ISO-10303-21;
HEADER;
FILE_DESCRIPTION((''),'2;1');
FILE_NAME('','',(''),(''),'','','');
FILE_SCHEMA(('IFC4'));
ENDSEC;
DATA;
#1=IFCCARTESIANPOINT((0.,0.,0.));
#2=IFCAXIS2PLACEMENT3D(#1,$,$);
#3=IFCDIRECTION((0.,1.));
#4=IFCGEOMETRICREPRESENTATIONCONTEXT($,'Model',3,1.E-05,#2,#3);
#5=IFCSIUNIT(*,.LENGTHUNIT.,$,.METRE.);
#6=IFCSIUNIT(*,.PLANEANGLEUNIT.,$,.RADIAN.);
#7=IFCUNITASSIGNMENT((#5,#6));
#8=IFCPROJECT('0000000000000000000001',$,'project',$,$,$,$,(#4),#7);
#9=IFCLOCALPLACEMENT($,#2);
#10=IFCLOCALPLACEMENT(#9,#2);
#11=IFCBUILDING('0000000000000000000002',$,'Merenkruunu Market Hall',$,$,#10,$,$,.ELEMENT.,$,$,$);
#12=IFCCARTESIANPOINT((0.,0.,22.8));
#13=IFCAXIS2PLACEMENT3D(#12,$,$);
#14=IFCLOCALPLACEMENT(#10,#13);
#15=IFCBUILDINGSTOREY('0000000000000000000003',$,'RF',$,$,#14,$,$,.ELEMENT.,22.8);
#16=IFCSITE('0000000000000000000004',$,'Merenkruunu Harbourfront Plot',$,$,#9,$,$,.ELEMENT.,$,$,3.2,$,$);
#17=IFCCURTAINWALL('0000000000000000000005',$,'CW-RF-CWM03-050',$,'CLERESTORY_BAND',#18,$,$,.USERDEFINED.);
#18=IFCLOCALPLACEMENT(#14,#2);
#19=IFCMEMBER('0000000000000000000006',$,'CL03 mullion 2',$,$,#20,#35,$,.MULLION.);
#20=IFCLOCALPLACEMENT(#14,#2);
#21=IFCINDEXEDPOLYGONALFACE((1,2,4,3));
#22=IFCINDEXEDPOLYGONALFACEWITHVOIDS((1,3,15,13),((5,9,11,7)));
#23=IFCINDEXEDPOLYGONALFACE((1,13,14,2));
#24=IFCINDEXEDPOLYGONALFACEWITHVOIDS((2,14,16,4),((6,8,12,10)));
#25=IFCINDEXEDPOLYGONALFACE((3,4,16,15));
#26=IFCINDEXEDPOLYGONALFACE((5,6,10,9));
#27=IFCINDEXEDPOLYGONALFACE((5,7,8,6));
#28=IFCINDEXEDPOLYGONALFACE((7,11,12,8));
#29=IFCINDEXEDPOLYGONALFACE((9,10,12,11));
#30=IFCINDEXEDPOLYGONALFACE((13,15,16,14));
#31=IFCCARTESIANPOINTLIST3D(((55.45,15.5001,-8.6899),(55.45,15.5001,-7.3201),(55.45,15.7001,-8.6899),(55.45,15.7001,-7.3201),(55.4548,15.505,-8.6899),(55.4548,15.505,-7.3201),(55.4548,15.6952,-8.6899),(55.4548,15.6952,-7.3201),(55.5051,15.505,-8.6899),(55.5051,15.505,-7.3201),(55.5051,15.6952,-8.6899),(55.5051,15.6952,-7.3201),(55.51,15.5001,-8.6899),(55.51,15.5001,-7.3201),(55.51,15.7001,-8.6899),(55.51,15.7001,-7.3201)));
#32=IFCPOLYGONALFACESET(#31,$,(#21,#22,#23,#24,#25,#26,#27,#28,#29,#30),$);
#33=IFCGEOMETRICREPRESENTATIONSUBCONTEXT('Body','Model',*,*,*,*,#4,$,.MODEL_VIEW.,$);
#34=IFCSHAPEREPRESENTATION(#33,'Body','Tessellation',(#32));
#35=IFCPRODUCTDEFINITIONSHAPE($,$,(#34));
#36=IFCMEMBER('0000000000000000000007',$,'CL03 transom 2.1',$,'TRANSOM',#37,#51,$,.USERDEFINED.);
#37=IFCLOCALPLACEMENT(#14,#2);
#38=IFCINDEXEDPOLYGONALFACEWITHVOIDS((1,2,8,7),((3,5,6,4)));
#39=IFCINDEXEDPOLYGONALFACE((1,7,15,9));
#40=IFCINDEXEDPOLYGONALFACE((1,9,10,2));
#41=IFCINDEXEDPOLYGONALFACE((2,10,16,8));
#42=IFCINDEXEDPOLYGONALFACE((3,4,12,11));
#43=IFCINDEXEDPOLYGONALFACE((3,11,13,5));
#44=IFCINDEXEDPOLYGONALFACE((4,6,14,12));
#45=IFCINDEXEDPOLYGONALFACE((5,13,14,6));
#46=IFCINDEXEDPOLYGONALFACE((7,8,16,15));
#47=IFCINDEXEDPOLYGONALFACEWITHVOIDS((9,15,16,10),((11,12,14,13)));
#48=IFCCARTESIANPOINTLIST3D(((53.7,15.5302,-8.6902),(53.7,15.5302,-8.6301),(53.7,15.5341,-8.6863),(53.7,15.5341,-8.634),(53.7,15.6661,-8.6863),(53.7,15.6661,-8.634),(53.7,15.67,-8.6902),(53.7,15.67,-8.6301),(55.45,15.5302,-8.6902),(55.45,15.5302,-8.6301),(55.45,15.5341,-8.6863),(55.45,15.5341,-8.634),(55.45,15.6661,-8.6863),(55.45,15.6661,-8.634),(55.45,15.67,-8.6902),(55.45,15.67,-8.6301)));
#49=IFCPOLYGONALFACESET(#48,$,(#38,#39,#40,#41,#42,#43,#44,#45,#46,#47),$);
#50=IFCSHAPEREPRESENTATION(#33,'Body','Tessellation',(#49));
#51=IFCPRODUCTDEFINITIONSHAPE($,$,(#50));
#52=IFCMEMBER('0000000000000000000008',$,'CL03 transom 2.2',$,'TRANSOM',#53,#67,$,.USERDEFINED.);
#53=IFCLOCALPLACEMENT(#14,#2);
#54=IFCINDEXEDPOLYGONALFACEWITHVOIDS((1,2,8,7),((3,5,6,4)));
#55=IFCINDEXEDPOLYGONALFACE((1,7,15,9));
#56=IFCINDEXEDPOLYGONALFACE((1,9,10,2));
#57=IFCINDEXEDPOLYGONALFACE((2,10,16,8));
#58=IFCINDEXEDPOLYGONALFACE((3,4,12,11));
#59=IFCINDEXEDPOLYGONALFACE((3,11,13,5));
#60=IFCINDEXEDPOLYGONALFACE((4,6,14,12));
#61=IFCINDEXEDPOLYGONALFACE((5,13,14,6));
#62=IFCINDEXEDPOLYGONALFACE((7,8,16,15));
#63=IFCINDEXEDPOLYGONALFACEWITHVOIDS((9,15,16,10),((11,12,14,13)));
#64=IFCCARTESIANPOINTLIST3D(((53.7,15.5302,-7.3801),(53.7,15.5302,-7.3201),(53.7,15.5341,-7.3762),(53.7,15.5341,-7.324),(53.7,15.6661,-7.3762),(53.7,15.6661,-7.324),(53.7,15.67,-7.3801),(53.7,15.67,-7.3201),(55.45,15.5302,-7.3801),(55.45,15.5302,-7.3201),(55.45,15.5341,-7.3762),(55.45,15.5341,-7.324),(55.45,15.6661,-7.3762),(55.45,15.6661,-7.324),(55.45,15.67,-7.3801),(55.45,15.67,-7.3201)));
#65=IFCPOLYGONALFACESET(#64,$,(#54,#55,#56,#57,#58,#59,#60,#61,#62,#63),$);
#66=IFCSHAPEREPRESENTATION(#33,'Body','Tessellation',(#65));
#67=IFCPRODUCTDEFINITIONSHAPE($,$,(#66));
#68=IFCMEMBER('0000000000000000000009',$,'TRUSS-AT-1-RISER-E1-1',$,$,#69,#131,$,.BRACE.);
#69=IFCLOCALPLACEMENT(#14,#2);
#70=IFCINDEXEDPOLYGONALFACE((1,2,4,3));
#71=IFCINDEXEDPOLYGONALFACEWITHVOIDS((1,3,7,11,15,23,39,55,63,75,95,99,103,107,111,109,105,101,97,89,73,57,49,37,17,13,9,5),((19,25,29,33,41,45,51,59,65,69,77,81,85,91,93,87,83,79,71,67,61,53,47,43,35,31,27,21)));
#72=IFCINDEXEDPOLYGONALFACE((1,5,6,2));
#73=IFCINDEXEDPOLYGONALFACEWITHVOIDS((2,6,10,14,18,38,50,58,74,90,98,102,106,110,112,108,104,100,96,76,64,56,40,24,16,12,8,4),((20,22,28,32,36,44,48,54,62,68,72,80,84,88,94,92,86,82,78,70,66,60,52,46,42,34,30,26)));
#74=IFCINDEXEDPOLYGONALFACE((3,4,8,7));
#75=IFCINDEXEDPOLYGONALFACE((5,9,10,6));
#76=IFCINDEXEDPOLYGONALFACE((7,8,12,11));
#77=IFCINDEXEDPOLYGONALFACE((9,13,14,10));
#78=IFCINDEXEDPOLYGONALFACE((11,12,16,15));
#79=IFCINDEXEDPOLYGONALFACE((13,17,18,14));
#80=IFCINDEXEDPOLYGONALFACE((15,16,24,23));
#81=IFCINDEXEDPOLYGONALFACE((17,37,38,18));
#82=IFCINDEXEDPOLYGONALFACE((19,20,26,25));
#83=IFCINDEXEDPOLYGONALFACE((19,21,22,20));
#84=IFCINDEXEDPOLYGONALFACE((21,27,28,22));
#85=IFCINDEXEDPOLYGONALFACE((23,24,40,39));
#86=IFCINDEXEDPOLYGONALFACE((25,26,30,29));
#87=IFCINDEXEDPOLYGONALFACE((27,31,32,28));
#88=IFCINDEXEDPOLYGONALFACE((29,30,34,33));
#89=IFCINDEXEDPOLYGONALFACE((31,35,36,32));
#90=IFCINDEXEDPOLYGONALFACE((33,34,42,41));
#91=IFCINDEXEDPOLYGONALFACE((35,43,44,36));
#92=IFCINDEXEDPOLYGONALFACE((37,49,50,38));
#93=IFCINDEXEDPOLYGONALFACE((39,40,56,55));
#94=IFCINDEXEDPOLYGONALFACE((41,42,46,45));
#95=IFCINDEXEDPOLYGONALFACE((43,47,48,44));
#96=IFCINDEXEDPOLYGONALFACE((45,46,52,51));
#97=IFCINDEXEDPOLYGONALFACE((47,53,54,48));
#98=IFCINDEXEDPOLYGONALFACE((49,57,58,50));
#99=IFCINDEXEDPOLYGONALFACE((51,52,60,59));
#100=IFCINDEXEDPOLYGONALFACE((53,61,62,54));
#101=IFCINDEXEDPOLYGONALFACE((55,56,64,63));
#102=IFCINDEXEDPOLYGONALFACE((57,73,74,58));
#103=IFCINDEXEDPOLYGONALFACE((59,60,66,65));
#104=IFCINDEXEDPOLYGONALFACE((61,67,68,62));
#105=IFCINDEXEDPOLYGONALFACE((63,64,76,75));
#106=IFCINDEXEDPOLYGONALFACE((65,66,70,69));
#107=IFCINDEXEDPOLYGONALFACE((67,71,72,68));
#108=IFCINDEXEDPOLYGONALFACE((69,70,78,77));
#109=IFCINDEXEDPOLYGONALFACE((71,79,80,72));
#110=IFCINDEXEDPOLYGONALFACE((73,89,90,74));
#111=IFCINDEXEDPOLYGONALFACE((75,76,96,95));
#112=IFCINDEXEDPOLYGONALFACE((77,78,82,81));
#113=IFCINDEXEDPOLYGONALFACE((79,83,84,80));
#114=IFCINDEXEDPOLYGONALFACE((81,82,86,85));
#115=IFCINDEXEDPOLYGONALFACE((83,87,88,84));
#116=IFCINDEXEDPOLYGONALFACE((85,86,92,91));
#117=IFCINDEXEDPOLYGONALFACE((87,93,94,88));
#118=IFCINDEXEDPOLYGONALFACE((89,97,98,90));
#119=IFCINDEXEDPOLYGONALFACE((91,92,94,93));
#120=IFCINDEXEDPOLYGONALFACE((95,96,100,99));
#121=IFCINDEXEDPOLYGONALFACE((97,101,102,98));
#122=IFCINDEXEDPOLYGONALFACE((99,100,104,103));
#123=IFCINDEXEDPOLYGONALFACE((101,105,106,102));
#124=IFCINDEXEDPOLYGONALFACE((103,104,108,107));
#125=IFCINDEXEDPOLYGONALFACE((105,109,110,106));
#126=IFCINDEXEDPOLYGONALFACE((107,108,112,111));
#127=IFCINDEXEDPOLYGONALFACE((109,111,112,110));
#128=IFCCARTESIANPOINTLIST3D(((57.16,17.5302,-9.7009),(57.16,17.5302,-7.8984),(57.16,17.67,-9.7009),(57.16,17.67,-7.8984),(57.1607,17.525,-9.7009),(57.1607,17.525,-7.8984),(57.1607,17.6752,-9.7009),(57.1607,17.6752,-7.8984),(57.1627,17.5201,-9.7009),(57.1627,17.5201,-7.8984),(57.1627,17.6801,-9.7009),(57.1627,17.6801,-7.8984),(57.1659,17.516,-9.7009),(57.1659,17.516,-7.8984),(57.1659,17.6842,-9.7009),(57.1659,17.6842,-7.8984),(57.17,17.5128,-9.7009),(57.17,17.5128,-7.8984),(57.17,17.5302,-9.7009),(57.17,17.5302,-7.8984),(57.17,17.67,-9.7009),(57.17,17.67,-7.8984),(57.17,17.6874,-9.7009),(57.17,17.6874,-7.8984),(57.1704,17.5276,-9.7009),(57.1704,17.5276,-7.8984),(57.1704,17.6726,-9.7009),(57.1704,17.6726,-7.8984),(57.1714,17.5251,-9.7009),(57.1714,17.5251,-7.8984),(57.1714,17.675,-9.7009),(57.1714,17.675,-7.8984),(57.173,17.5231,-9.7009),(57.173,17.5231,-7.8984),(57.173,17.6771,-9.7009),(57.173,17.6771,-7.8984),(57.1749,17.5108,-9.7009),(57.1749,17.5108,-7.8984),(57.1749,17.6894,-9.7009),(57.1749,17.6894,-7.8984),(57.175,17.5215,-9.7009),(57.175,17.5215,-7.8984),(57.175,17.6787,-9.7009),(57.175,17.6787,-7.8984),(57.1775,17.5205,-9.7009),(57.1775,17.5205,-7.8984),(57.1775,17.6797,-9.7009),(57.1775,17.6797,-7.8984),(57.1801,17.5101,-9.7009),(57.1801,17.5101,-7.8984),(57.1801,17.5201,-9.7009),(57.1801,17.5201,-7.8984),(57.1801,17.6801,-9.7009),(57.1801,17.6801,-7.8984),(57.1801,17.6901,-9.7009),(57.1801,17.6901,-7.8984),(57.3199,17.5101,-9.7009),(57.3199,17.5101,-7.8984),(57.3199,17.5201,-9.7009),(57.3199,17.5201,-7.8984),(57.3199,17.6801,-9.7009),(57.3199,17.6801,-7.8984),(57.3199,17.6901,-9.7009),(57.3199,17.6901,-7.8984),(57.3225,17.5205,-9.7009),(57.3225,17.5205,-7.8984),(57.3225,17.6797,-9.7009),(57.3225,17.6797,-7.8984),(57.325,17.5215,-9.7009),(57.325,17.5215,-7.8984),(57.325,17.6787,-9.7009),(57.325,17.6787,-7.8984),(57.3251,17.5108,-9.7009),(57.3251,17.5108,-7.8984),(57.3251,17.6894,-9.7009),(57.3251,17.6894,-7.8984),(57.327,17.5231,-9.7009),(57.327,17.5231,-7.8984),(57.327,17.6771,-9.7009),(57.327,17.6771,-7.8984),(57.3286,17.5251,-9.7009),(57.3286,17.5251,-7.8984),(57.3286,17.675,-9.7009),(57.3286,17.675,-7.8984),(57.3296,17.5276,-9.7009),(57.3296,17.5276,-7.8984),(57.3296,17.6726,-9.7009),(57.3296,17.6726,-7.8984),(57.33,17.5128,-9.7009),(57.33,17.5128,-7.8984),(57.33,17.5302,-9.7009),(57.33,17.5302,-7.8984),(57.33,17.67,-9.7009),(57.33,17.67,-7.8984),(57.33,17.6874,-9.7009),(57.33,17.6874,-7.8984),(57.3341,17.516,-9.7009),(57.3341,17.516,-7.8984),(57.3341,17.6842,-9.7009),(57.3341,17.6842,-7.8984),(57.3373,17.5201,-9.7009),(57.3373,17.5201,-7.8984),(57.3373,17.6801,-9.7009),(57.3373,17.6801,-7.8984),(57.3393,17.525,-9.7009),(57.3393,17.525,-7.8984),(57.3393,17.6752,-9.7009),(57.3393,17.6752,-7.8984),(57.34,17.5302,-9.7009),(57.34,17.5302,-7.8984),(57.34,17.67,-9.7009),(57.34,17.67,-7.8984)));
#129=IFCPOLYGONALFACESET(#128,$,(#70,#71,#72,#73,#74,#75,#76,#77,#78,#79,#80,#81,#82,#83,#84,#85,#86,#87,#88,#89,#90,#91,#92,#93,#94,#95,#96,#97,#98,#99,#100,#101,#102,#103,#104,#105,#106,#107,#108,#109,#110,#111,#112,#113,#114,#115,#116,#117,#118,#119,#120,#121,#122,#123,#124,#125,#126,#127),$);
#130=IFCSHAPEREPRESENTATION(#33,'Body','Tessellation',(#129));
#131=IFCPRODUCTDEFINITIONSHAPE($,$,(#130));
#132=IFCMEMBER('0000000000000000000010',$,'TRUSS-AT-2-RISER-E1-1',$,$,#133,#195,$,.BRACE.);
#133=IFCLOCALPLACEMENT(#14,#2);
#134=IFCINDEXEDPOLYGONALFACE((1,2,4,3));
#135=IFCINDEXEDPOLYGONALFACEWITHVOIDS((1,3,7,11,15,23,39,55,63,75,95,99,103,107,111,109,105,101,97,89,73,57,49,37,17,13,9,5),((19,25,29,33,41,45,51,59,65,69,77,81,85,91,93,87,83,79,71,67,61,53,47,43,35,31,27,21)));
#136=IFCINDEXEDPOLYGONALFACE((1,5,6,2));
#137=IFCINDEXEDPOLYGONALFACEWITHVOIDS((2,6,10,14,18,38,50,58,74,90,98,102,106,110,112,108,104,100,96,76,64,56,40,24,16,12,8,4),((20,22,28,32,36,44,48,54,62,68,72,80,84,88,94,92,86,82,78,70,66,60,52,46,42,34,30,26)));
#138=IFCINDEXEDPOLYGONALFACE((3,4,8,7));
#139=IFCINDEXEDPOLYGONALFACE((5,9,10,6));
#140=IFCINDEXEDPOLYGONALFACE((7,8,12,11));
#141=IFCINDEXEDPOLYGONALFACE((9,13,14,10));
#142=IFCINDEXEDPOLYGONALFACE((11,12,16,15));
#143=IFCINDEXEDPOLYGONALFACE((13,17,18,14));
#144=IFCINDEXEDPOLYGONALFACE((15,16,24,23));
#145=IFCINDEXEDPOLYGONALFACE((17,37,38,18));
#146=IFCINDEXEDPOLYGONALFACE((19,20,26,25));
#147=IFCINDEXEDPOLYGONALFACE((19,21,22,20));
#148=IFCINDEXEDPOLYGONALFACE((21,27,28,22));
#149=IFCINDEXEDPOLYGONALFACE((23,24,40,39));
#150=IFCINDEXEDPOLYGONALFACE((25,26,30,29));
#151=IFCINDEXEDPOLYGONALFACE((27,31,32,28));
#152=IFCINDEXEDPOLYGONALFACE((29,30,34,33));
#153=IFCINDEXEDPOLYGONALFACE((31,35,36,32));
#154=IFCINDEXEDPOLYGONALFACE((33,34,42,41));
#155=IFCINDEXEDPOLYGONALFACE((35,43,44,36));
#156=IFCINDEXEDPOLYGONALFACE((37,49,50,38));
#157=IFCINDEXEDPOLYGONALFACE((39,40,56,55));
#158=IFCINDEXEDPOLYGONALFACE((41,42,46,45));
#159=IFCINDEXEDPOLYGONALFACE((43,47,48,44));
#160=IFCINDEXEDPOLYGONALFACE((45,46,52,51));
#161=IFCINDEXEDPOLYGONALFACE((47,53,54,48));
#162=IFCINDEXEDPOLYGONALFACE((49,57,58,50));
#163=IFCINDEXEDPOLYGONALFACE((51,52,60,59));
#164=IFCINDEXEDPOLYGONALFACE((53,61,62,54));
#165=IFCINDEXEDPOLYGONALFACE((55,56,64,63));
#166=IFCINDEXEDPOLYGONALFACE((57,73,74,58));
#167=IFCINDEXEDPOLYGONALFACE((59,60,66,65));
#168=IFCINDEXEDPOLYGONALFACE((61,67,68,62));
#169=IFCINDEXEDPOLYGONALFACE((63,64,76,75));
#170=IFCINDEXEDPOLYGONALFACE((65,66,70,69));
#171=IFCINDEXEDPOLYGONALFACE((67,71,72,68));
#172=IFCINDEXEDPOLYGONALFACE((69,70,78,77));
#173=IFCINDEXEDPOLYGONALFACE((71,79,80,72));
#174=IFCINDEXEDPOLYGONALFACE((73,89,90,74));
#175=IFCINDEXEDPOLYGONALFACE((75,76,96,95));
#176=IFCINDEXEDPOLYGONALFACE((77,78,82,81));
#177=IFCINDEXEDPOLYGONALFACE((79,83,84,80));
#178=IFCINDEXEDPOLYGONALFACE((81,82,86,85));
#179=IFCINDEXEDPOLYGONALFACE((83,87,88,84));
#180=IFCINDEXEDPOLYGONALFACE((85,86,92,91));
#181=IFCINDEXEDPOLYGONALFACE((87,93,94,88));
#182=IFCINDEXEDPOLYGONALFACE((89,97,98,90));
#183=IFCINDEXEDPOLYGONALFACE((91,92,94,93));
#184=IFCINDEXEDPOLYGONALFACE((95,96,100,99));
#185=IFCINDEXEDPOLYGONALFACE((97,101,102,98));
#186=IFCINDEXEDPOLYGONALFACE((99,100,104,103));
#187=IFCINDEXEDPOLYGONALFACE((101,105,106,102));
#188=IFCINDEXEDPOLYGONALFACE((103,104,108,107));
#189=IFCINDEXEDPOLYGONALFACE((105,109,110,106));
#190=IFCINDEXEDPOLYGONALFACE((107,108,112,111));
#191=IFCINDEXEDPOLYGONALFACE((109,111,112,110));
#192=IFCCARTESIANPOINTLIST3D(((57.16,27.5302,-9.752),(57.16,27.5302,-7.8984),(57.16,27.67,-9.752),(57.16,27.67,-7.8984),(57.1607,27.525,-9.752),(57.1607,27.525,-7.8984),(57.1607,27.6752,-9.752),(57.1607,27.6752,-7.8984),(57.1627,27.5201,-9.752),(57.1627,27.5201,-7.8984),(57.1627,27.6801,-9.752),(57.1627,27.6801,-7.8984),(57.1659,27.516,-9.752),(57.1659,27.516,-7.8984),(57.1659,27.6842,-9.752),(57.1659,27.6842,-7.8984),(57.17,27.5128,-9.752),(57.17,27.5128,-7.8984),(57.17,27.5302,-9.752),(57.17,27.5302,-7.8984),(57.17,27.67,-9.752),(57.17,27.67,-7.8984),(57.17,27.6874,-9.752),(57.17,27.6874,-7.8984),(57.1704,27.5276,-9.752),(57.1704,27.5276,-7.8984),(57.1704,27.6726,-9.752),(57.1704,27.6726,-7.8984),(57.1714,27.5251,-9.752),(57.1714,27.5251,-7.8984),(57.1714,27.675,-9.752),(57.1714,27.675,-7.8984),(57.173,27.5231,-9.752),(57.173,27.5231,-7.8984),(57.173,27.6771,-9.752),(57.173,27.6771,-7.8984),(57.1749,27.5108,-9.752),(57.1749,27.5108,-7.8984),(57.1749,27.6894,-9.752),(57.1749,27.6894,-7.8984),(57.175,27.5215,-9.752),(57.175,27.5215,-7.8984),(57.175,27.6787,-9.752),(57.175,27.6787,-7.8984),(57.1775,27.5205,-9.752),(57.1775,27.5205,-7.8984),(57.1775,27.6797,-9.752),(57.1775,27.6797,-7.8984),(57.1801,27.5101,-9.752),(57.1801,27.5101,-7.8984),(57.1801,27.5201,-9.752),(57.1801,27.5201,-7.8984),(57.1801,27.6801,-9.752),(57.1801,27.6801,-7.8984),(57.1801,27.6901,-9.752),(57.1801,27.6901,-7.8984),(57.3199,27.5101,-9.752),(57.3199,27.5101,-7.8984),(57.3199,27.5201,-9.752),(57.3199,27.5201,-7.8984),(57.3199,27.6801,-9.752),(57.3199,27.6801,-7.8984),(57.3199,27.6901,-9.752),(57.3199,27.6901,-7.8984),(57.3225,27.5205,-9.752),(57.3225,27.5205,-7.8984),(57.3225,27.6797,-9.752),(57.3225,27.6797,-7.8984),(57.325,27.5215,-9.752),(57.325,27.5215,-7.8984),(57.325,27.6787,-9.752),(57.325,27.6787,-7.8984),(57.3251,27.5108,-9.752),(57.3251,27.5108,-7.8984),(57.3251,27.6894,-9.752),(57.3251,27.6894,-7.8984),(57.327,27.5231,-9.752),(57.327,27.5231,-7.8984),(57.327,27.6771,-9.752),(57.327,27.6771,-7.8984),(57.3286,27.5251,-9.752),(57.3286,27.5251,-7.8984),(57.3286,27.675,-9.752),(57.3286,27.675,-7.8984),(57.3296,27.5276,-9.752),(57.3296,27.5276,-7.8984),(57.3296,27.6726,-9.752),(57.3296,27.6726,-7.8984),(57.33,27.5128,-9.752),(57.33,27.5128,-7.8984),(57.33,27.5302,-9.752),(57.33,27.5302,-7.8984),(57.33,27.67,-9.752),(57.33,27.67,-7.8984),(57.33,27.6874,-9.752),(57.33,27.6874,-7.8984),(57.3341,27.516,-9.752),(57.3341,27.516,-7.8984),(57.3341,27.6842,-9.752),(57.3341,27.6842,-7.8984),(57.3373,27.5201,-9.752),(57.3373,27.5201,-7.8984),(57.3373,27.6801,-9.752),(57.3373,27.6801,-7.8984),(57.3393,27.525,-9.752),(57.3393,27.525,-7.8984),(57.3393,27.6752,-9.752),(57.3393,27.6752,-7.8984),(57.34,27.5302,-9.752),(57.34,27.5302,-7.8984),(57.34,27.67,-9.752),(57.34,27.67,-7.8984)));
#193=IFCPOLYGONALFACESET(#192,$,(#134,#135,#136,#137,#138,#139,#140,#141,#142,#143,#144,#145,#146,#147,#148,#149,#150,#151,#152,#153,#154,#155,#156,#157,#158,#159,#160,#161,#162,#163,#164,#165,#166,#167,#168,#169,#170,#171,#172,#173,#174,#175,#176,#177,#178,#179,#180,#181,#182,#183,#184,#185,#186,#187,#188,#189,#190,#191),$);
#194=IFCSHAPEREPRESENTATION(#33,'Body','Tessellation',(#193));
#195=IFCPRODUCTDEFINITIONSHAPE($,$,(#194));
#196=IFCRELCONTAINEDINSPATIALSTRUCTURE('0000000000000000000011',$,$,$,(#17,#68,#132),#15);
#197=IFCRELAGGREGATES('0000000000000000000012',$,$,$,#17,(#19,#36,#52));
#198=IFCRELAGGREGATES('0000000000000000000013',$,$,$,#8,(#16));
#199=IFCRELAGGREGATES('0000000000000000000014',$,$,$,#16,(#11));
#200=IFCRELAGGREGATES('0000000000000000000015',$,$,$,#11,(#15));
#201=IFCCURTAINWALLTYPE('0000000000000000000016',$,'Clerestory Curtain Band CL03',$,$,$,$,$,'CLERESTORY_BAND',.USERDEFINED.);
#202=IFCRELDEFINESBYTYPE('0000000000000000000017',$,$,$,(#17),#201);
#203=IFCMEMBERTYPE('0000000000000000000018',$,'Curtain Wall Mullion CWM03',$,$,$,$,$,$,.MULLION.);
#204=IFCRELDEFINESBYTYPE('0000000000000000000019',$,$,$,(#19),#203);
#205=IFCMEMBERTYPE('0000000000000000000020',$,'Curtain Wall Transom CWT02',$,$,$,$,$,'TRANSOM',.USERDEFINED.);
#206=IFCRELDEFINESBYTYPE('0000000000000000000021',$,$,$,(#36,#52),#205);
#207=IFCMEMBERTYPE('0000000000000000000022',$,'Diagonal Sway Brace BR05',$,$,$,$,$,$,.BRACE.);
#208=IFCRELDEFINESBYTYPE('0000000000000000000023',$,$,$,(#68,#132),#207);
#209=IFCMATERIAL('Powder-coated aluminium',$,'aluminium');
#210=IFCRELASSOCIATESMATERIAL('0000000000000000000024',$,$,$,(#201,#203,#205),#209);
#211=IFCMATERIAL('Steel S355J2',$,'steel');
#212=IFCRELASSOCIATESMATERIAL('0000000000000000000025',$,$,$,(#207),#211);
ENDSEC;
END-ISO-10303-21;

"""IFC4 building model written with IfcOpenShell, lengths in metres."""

from ifc_helpers import new_model, si_unit, direction, frame, origin, origin_2d, place, context, subcontext, project, spatial, hollow_rectangle, extrude, material, material_profile, profile_set, type_object, element, aggregate, save


model = new_model("IFC4")

# Units and contexts
model_context = context("Model", 3, precision=1e-05, world=origin(), true_north=direction((0.0, 1.0)))
body_context = subcontext(model_context, "Body", "Model", "MODEL_VIEW")
ifc_project = project(units=[si_unit("LENGTHUNIT", "METRE"), si_unit("PLANEANGLEUNIT", "RADIAN")], contexts=[model_context])

# Site, building, storey
site_placement = place(None, origin())
site = spatial("IfcSite", under=ifc_project, at=site_placement, Name="Merenkruunu Harbourfront Plot", CompositionType="ELEMENT", RefElevation=3.2)
building_placement = place(site_placement, origin())
building = spatial("IfcBuilding", under=site, at=building_placement, Name="Merenkruunu Market Hall", CompositionType="ELEMENT")
storey_placement = place(building_placement, frame((0.0, 0.0, 22.8)))
storey = spatial("IfcBuildingStorey", under=building, at=storey_placement, Name="RF", CompositionType="ELEMENT", Elevation=22.8)

# Curtain wall, members
ifc_material_1 = material(Name="Powder-coated aluminium", Category="aluminium")
curtain_wall_type = type_object("IfcCurtainWallType", Name="Clerestory Curtain Band CL03", ElementType="CLERESTORY_BAND", PredefinedType="USERDEFINED", material=ifc_material_1)
curtain_wall_placement = place(storey_placement, origin())
curtain_wall = element("IfcCurtainWall", 1, at=curtain_wall_placement, inside=storey, type_object=curtain_wall_type, Name="CW-RF-CWM03-050", ObjectType="CLERESTORY_BAND", PredefinedType="USERDEFINED")
ifc_material_profile_1 = material_profile(ifc_material_1, hollow_rectangle(XDim=0.0601, YDim=0.2, WallThickness=0.0049, at=origin_2d()), Name="ALU 60x200x5")
ifc_profile_set_1 = profile_set([ifc_material_profile_1], Name="Powder-coated aluminium")
member_type_1 = type_object("IfcMemberType", Name="Curtain Wall Mullion CWM03", PredefinedType="MULLION", material=ifc_profile_set_1)
member_1_placement = place(storey_placement, frame((55.48, 15.6001, -8.6899), z_axis=(0.0, 0.0, 1.0), x_axis=(-1.0, 0.0, 0.0)))
member_1 = element("IfcMember", 2, at=member_1_placement, type_object=member_type_1, Name="CL03 mullion 2", PredefinedType="MULLION", context=body_context, shape_type="SweptSolid", body=[
    extrude(hollow_rectangle(XDim=0.0601, YDim=0.2, WallThickness=0.0049, at=origin_2d()), origin(), (0.0, 0.0, 1.0), 1.3699),
])
ifc_material_profile_2 = material_profile(ifc_material_1, hollow_rectangle(XDim=0.0601, YDim=0.1399, WallThickness=0.0039, at=origin_2d()), Name="ALU 60x140x4")
ifc_profile_set_2 = profile_set([ifc_material_profile_2], Name="Powder-coated aluminium")
member_type_2 = type_object("IfcMemberType", Name="Curtain Wall Transom CWT02", ElementType="TRANSOM", PredefinedType="USERDEFINED", material=ifc_profile_set_2)
member_2_placement = place(storey_placement, frame((55.45, 15.6001, -8.6602), z_axis=(-1.0, 0.0, 0.0), x_axis=(0.0, 0.0, 1.0)))
member_2 = element("IfcMember", 3, at=member_2_placement, type_object=member_type_2, Name="CL03 transom 2.1", ObjectType="TRANSOM", PredefinedType="USERDEFINED", context=body_context, shape_type="SweptSolid", body=[
    extrude(hollow_rectangle(XDim=0.0601, YDim=0.1399, WallThickness=0.0039, at=origin_2d()), origin(), (0.0, 0.0, 1.0), 1.75),
])
member_3_placement = place(storey_placement, frame((55.45, 15.6001, -7.3501), z_axis=(-1.0, 0.0, 0.0), x_axis=(0.0, 0.0, 1.0)))
member_3 = element("IfcMember", 4, at=member_3_placement, type_object=member_type_2, Name="CL03 transom 2.2", ObjectType="TRANSOM", PredefinedType="USERDEFINED", context=body_context, shape_type="SweptSolid", body=[
    extrude(hollow_rectangle(XDim=0.0601, YDim=0.1399, WallThickness=0.0039, at=origin_2d()), origin(), (0.0, 0.0, 1.0), 1.75),
])

# Members
ifc_material_2 = material(Name="Steel S355J2", Category="steel")
ifc_material_profile_3 = material_profile(ifc_material_2, hollow_rectangle(XDim=0.1799, YDim=0.1799, WallThickness=0.01, InnerFilletRadius=0.01, OuterFilletRadius=0.02, at=origin_2d()), Name="SHS 180x180x10")
ifc_profile_set_3 = profile_set([ifc_material_profile_3], Name="Steel S355J2")
member_type_3 = type_object("IfcMemberType", Name="Diagonal Sway Brace BR05", PredefinedType="BRACE", material=ifc_profile_set_3)
member_4_placement = place(storey_placement, frame((57.25, 17.6001, -9.7009), z_axis=(0.0, 0.0, 1.0), x_axis=(1.0, 0.0, 0.0)))
element("IfcMember", 5, at=member_4_placement, inside=storey, type_object=member_type_3, Name="TRUSS-AT-1-RISER-E1-1", PredefinedType="BRACE", context=body_context, shape_type="SweptSolid", body=[
    extrude(hollow_rectangle(XDim=0.1799, YDim=0.1799, WallThickness=0.01, InnerFilletRadius=0.01, OuterFilletRadius=0.02, at=origin_2d()), origin(), (0.0, 0.0, 1.0), 1.8025),
])
member_5_placement = place(storey_placement, frame((57.25, 27.6001, -9.752), z_axis=(0.0, 0.0, 1.0), x_axis=(1.0, 0.0, 0.0)))
element("IfcMember", 6, at=member_5_placement, inside=storey, type_object=member_type_3, Name="TRUSS-AT-2-RISER-E1-1", PredefinedType="BRACE", context=body_context, shape_type="SweptSolid", body=[
    extrude(hollow_rectangle(XDim=0.1799, YDim=0.1799, WallThickness=0.01, InnerFilletRadius=0.01, OuterFilletRadius=0.02, at=origin_2d()), origin(), (0.0, 0.0, 1.0), 1.8535),
])

aggregate(curtain_wall, [member_1, member_2, member_3])

save(model, "model.ifc")
